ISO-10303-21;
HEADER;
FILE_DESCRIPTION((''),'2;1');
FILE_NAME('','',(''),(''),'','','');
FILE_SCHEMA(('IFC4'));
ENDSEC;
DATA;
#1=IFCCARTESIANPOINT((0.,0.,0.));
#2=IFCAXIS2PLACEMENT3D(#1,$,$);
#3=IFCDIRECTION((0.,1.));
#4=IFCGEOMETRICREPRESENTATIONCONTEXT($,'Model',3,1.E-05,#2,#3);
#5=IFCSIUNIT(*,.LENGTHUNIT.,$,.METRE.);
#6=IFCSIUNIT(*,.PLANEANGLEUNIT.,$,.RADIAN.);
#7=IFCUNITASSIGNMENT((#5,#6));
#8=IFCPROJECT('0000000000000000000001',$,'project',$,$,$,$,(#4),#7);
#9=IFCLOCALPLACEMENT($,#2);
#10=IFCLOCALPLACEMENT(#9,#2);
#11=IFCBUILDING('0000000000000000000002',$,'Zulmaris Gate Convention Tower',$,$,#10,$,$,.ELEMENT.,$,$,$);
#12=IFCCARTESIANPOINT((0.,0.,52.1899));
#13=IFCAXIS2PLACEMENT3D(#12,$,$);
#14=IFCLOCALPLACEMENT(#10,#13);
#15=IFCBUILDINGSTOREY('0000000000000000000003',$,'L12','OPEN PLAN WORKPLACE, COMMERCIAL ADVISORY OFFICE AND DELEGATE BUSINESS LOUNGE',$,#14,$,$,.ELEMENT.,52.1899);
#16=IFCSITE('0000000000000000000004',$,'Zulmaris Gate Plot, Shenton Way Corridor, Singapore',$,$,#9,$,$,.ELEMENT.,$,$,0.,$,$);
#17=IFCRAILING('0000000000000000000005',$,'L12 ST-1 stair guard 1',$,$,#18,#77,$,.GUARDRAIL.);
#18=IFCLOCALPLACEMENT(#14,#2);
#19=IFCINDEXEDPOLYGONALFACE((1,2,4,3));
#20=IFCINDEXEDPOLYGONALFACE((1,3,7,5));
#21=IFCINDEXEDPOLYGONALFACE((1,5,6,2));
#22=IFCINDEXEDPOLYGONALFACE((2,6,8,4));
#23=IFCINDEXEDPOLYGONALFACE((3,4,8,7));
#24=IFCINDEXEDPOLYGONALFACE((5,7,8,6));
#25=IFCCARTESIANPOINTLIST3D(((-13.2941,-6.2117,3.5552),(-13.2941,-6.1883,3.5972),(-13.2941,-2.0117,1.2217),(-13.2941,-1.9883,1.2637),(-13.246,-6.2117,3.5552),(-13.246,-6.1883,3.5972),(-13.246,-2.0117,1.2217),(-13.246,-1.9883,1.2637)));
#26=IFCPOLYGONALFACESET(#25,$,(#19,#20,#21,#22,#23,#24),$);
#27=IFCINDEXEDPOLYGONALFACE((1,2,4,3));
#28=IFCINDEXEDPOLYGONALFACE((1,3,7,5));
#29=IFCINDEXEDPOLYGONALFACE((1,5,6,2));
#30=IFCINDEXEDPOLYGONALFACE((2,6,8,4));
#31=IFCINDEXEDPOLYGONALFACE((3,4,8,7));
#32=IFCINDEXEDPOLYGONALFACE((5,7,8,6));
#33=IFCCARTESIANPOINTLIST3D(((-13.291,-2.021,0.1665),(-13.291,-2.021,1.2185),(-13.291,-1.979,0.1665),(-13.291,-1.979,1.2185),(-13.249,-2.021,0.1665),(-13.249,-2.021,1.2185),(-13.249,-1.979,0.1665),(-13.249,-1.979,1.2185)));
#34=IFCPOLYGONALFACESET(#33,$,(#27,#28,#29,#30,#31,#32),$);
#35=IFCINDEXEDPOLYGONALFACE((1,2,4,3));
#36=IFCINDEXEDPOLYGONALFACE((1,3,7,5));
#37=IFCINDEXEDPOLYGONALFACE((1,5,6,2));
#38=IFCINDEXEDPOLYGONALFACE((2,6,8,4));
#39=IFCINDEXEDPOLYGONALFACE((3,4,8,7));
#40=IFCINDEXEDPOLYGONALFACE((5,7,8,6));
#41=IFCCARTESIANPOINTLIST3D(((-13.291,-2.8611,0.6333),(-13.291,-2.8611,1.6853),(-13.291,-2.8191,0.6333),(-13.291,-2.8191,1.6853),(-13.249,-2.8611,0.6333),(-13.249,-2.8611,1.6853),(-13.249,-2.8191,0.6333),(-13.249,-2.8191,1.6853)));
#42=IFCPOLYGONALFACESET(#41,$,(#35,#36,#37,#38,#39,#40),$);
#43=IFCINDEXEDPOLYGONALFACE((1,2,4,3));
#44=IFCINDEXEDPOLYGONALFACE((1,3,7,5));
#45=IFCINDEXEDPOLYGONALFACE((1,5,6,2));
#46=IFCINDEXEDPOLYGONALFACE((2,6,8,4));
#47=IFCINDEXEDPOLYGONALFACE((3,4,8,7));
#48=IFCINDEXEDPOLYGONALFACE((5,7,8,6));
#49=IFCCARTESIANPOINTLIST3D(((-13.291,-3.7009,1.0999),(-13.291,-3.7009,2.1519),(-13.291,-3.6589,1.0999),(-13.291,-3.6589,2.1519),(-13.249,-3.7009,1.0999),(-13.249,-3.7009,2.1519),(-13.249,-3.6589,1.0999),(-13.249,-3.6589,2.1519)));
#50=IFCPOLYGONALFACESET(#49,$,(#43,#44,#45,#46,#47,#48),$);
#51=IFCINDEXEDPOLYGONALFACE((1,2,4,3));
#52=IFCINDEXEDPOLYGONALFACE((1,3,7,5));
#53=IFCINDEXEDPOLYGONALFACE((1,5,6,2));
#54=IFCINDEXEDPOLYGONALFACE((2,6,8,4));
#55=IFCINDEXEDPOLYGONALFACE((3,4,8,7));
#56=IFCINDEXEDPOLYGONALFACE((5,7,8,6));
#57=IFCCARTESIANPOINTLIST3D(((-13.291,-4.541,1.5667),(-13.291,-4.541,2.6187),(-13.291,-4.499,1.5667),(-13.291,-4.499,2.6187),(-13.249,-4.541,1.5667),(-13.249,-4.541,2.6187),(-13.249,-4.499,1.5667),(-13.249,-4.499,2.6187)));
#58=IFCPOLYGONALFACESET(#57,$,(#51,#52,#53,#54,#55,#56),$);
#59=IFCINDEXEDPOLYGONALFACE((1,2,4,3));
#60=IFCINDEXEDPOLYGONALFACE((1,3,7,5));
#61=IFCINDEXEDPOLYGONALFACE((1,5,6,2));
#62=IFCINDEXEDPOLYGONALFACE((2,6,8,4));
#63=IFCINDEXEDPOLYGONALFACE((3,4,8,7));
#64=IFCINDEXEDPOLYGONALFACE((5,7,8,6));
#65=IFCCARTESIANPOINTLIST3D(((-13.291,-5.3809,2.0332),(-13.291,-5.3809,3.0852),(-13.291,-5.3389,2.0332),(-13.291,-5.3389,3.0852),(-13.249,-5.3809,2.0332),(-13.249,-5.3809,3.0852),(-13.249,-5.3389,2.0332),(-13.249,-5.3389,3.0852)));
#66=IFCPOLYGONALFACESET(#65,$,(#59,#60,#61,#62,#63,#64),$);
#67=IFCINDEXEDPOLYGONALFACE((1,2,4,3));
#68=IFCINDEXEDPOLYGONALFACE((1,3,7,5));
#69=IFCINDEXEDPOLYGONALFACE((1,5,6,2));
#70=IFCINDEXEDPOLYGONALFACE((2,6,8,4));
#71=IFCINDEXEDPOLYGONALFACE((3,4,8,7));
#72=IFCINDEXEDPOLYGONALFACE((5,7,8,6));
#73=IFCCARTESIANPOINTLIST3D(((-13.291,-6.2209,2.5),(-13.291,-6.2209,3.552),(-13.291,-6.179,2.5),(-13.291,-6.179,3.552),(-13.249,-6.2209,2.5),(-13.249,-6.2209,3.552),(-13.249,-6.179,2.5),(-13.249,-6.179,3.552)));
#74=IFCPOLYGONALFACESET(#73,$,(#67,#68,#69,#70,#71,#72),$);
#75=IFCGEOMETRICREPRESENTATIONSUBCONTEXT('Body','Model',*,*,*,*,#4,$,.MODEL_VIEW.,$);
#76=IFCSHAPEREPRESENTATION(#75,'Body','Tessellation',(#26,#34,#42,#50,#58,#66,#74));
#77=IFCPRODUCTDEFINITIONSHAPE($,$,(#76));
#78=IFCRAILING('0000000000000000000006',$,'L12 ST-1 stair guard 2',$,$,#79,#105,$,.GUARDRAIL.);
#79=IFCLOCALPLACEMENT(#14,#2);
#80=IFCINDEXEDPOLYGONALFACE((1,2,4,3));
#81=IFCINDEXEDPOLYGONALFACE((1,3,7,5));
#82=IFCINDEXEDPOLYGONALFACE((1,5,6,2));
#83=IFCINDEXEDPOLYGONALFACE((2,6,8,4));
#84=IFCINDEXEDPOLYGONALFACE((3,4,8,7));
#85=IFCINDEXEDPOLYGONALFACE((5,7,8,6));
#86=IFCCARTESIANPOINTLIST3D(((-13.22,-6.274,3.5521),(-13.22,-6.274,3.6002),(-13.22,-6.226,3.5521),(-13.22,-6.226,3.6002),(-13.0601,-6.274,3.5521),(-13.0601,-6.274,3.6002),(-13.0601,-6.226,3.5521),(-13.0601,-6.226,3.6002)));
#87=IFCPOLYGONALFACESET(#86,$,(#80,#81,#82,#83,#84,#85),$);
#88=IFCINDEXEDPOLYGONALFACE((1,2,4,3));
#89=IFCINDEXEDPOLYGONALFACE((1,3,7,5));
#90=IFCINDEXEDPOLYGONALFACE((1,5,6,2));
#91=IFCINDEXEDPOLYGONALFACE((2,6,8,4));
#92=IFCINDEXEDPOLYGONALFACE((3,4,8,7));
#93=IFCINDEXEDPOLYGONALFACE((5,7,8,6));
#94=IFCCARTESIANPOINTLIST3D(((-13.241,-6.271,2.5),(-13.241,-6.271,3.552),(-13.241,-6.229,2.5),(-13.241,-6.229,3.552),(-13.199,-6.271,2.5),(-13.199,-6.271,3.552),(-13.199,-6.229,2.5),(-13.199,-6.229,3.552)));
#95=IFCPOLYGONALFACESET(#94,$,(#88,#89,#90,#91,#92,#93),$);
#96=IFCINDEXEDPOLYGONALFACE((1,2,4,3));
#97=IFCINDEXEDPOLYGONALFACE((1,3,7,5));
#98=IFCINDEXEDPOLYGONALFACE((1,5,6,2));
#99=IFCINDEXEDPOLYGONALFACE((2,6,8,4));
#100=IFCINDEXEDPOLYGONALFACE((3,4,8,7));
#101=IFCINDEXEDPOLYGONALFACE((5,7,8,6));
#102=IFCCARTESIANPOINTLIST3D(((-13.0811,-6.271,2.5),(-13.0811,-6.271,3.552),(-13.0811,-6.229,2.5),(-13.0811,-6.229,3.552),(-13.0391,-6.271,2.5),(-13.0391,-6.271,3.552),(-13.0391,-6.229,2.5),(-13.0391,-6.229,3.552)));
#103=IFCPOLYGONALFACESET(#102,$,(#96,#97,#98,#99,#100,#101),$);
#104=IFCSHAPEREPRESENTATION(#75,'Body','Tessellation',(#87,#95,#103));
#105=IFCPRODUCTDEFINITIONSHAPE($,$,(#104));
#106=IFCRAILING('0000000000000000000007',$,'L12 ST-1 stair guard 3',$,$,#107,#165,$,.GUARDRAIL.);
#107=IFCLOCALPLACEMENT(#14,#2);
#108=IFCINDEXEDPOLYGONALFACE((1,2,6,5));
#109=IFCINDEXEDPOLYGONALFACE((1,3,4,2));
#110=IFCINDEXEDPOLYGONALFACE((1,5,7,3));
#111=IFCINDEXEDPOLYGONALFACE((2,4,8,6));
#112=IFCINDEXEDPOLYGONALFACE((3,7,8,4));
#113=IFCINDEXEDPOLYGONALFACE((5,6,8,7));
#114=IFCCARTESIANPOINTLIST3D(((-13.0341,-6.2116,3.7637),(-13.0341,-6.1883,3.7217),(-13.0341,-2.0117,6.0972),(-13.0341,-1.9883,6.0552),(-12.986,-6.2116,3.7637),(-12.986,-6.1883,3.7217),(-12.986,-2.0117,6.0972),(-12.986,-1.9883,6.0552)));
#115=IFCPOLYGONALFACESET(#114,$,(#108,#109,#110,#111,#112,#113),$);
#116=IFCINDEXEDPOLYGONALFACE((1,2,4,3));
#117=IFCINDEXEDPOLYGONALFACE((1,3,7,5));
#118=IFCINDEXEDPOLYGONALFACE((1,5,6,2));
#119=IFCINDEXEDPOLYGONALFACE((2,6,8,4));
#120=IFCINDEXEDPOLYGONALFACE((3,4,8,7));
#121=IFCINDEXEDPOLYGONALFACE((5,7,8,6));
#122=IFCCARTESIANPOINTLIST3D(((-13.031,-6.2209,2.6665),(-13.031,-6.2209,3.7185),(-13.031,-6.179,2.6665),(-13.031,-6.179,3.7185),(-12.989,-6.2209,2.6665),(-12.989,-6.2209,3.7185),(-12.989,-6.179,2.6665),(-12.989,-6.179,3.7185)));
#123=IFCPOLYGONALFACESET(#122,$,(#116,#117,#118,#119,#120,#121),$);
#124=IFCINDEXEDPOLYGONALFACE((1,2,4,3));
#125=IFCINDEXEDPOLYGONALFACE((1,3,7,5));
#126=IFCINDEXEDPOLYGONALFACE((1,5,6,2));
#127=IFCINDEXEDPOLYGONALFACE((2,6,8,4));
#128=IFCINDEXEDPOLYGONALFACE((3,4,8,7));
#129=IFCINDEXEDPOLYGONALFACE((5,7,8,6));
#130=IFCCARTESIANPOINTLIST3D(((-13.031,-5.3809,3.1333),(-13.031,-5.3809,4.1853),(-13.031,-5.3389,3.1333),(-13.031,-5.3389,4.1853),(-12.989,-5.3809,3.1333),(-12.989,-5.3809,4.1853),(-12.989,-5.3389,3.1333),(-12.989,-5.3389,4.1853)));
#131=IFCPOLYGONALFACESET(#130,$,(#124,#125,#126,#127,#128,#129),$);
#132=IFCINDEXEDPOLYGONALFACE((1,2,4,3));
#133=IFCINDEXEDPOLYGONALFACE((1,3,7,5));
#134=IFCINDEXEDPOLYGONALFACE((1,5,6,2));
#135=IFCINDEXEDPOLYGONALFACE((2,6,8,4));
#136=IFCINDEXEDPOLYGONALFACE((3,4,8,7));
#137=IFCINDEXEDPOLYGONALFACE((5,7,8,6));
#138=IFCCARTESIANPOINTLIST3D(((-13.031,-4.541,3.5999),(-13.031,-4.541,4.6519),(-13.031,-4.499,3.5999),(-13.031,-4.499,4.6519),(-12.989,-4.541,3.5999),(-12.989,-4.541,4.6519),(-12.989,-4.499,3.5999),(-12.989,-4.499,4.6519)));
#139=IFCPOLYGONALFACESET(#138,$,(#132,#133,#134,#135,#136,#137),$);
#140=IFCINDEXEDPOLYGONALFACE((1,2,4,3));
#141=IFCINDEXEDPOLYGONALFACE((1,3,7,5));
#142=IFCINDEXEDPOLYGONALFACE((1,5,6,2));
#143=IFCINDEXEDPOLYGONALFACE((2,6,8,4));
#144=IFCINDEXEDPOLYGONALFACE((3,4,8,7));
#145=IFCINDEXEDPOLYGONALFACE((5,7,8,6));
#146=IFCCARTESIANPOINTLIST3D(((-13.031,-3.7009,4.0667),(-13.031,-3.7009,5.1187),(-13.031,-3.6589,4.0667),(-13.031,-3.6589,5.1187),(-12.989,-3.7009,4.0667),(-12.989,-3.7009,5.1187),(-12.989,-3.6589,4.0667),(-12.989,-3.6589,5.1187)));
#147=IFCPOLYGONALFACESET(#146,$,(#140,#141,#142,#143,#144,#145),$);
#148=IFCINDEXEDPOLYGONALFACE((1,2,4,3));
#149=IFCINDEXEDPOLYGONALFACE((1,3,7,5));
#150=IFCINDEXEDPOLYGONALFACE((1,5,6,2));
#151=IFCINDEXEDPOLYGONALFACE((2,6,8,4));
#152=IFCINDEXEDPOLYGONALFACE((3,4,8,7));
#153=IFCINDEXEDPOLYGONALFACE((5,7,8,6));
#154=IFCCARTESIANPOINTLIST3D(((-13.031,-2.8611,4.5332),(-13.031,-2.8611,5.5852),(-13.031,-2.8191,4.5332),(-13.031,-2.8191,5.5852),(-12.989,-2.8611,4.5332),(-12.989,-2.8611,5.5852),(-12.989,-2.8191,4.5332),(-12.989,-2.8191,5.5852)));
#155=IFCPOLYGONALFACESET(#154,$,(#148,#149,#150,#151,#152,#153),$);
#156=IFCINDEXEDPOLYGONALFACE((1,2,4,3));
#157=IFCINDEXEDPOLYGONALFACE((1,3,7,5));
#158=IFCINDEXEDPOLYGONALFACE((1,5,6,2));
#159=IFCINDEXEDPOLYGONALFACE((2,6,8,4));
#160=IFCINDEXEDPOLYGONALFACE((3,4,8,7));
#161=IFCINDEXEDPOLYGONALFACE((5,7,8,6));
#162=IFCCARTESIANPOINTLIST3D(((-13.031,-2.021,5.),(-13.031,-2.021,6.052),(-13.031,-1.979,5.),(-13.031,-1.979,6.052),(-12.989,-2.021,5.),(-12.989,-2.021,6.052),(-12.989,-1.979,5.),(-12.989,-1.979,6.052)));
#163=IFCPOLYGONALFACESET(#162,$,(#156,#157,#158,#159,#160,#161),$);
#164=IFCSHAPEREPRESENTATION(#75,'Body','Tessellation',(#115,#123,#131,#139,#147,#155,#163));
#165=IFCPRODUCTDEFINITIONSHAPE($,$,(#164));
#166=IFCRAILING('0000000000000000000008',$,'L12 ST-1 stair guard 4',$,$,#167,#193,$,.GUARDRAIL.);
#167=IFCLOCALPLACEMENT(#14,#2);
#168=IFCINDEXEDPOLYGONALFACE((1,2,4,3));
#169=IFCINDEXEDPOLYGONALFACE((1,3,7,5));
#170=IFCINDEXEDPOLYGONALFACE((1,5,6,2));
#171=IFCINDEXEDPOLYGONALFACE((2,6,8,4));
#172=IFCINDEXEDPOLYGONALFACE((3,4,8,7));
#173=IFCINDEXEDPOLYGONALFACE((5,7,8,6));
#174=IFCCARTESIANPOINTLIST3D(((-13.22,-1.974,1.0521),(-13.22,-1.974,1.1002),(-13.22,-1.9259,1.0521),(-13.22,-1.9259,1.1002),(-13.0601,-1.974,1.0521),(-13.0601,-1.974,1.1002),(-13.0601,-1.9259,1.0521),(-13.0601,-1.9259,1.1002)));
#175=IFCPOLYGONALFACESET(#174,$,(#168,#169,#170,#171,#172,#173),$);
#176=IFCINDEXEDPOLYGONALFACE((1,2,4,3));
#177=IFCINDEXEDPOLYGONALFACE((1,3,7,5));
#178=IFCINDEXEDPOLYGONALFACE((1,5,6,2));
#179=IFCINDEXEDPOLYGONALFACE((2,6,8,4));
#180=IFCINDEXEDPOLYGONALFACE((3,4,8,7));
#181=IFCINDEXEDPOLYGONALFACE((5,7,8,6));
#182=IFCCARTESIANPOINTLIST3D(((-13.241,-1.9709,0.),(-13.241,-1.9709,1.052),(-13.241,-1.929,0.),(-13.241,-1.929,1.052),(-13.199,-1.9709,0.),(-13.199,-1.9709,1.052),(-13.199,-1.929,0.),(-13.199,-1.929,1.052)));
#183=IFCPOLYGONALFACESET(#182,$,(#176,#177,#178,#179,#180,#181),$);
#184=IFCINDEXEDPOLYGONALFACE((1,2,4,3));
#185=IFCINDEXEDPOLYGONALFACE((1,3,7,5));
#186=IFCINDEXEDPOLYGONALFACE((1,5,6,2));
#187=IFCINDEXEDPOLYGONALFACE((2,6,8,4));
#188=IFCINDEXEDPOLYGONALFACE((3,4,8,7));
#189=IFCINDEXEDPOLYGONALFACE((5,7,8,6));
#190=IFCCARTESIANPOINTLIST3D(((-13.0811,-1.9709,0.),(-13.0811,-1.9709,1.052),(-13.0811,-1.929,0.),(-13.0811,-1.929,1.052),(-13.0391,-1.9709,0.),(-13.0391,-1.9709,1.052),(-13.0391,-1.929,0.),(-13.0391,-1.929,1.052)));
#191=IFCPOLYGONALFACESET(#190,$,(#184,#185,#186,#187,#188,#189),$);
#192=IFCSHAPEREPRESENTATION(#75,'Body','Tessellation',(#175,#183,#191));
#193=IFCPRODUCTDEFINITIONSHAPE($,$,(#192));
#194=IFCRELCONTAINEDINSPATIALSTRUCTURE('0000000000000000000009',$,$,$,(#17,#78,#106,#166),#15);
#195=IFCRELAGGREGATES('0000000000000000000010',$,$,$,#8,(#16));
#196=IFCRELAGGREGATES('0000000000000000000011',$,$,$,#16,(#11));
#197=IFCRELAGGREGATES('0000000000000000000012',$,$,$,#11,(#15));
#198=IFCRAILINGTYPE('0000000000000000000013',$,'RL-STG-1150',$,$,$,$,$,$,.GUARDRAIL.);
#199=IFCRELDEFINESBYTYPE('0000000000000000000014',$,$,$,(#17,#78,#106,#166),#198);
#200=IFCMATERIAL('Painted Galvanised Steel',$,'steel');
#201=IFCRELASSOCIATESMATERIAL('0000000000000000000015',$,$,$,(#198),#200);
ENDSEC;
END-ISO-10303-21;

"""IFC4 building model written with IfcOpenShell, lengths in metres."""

from ifc_helpers import new_model, si_unit, direction, frame, origin, origin_2d, place, context, subcontext, project, spatial, rectangle, extrude, material, type_object, element, save


model = new_model("IFC4")

# Units and contexts
model_context = context("Model", 3, precision=1e-05, world=origin(), true_north=direction((0.0, 1.0)))
body_context = subcontext(model_context, "Body", "Model", "MODEL_VIEW")
ifc_project = project(units=[si_unit("LENGTHUNIT", "METRE"), si_unit("PLANEANGLEUNIT", "RADIAN")], contexts=[model_context])

# Site, building, storey
site_placement = place(None, origin())
site = spatial("IfcSite", under=ifc_project, at=site_placement, Name="Zulmaris Gate Plot, Shenton Way Corridor, Singapore", CompositionType="ELEMENT", RefElevation=0.0)
building_placement = place(site_placement, origin())
building = spatial("IfcBuilding", under=site, at=building_placement, Name="Zulmaris Gate Convention Tower", CompositionType="ELEMENT")
storey_placement = place(building_placement, frame((0.0, 0.0, 52.1899)))
storey = spatial("IfcBuildingStorey", under=building, at=storey_placement, Name="L12", Description="OPEN PLAN WORKPLACE, COMMERCIAL ADVISORY OFFICE AND DELEGATE BUSINESS LOUNGE", CompositionType="ELEMENT", Elevation=52.1899)

# Railings
ifc_material_1 = material(Name="Painted Galvanised Steel", Category="steel")
railing_type_1 = type_object("IfcRailingType", Name="RL-STG-1150", PredefinedType="GUARDRAIL", material=ifc_material_1)
railing_1_placement = place(storey_placement, frame((-13.27, -2.0, 0.1665)))
element("IfcRailing", 1, at=railing_1_placement, inside=storey, type_object=railing_type_1, Name="L12 ST-1 stair guard 1", PredefinedType="GUARDRAIL", context=body_context, shape_type="SweptSolid", body=[
    extrude(rectangle(XDim=0.0481, YDim=0.0481, at=origin_2d()), frame((0.0, 0.0, 1.0762), z_axis=(0.0, -0.87414, 0.485673), x_axis=(1.0, 0.0, 0.0)), (0.0, 0.0, 1.0), 4.8047),
    extrude(rectangle(XDim=0.042, YDim=0.042, at=origin_2d()), origin(), (0.0, 0.0, 1.0), 1.052),
    extrude(rectangle(XDim=0.042, YDim=0.042, at=origin_2d()), frame((0.0, -0.8401, 0.4668)), (0.0, 0.0, 1.0), 1.052),
    extrude(rectangle(XDim=0.042, YDim=0.042, at=origin_2d()), frame((0.0, -1.6799, 0.9333)), (0.0, 0.0, 1.0), 1.052),
    extrude(rectangle(XDim=0.042, YDim=0.042, at=origin_2d()), frame((0.0, -2.52, 1.4001)), (0.0, 0.0, 1.0), 1.052),
    extrude(rectangle(XDim=0.042, YDim=0.042, at=origin_2d()), frame((0.0, -3.3599, 1.8667)), (0.0, 0.0, 1.0), 1.052),
    extrude(rectangle(XDim=0.042, YDim=0.042, at=origin_2d()), frame((0.0, -4.2, 2.3335)), (0.0, 0.0, 1.0), 1.052),
])
railing_2_placement = place(storey_placement, frame((-13.22, -6.25, 2.5)))
element("IfcRailing", 2, at=railing_2_placement, inside=storey, type_object=railing_type_1, Name="L12 ST-1 stair guard 2", PredefinedType="GUARDRAIL", context=body_context, shape_type="SweptSolid", body=[
    extrude(rectangle(XDim=0.0481, YDim=0.0481, at=origin_2d()), frame((0.0, 0.0, 1.0762), z_axis=(1.0, 0.0, 0.0), x_axis=(0.0, 1.0, 0.0)), (0.0, 0.0, 1.0), 0.1599),
    extrude(rectangle(XDim=0.042, YDim=0.042, at=origin_2d()), origin(), (0.0, 0.0, 1.0), 1.052),
    extrude(rectangle(XDim=0.042, YDim=0.042, at=origin_2d()), frame((0.1599, 0.0, 0.0)), (0.0, 0.0, 1.0), 1.052),
])
railing_3_placement = place(storey_placement, frame((-13.01, -6.2, 2.6665)))
element("IfcRailing", 3, at=railing_3_placement, inside=storey, type_object=railing_type_1, Name="L12 ST-1 stair guard 3", PredefinedType="GUARDRAIL", context=body_context, shape_type="SweptSolid", body=[
    extrude(rectangle(XDim=0.0481, YDim=0.0481, at=origin_2d()), frame((0.0, 0.0, 1.0762), z_axis=(0.0, 0.87414, 0.485673), x_axis=(-1.0, 0.0, 0.0)), (0.0, 0.0, 1.0), 4.8047),
    extrude(rectangle(XDim=0.042, YDim=0.042, at=origin_2d()), origin(), (0.0, 0.0, 1.0), 1.052),
    extrude(rectangle(XDim=0.042, YDim=0.042, at=origin_2d()), frame((0.0, 0.8401, 0.4668)), (0.0, 0.0, 1.0), 1.052),
    extrude(rectangle(XDim=0.042, YDim=0.042, at=origin_2d()), frame((0.0, 1.6799, 0.9333)), (0.0, 0.0, 1.0), 1.052),
    extrude(rectangle(XDim=0.042, YDim=0.042, at=origin_2d()), frame((0.0, 2.52, 1.4001)), (0.0, 0.0, 1.0), 1.052),
    extrude(rectangle(XDim=0.042, YDim=0.042, at=origin_2d()), frame((0.0, 3.3599, 1.8667)), (0.0, 0.0, 1.0), 1.052),
    extrude(rectangle(XDim=0.042, YDim=0.042, at=origin_2d()), frame((0.0, 4.2, 2.3335)), (0.0, 0.0, 1.0), 1.052),
])
railing_4_placement = place(storey_placement, frame((-13.22, -1.95, 0.0)))
element("IfcRailing", 4, at=railing_4_placement, inside=storey, type_object=railing_type_1, Name="L12 ST-1 stair guard 4", PredefinedType="GUARDRAIL", context=body_context, shape_type="SweptSolid", body=[
    extrude(rectangle(XDim=0.0481, YDim=0.0481, at=origin_2d()), frame((0.0, 0.0, 1.0762), z_axis=(1.0, 0.0, 0.0), x_axis=(0.0, 1.0, 0.0)), (0.0, 0.0, 1.0), 0.1599),
    extrude(rectangle(XDim=0.042, YDim=0.042, at=origin_2d()), origin(), (0.0, 0.0, 1.0), 1.052),
    extrude(rectangle(XDim=0.042, YDim=0.042, at=origin_2d()), frame((0.1599, 0.0, 0.0)), (0.0, 0.0, 1.0), 1.052),
])

save(model, "model.ifc")
